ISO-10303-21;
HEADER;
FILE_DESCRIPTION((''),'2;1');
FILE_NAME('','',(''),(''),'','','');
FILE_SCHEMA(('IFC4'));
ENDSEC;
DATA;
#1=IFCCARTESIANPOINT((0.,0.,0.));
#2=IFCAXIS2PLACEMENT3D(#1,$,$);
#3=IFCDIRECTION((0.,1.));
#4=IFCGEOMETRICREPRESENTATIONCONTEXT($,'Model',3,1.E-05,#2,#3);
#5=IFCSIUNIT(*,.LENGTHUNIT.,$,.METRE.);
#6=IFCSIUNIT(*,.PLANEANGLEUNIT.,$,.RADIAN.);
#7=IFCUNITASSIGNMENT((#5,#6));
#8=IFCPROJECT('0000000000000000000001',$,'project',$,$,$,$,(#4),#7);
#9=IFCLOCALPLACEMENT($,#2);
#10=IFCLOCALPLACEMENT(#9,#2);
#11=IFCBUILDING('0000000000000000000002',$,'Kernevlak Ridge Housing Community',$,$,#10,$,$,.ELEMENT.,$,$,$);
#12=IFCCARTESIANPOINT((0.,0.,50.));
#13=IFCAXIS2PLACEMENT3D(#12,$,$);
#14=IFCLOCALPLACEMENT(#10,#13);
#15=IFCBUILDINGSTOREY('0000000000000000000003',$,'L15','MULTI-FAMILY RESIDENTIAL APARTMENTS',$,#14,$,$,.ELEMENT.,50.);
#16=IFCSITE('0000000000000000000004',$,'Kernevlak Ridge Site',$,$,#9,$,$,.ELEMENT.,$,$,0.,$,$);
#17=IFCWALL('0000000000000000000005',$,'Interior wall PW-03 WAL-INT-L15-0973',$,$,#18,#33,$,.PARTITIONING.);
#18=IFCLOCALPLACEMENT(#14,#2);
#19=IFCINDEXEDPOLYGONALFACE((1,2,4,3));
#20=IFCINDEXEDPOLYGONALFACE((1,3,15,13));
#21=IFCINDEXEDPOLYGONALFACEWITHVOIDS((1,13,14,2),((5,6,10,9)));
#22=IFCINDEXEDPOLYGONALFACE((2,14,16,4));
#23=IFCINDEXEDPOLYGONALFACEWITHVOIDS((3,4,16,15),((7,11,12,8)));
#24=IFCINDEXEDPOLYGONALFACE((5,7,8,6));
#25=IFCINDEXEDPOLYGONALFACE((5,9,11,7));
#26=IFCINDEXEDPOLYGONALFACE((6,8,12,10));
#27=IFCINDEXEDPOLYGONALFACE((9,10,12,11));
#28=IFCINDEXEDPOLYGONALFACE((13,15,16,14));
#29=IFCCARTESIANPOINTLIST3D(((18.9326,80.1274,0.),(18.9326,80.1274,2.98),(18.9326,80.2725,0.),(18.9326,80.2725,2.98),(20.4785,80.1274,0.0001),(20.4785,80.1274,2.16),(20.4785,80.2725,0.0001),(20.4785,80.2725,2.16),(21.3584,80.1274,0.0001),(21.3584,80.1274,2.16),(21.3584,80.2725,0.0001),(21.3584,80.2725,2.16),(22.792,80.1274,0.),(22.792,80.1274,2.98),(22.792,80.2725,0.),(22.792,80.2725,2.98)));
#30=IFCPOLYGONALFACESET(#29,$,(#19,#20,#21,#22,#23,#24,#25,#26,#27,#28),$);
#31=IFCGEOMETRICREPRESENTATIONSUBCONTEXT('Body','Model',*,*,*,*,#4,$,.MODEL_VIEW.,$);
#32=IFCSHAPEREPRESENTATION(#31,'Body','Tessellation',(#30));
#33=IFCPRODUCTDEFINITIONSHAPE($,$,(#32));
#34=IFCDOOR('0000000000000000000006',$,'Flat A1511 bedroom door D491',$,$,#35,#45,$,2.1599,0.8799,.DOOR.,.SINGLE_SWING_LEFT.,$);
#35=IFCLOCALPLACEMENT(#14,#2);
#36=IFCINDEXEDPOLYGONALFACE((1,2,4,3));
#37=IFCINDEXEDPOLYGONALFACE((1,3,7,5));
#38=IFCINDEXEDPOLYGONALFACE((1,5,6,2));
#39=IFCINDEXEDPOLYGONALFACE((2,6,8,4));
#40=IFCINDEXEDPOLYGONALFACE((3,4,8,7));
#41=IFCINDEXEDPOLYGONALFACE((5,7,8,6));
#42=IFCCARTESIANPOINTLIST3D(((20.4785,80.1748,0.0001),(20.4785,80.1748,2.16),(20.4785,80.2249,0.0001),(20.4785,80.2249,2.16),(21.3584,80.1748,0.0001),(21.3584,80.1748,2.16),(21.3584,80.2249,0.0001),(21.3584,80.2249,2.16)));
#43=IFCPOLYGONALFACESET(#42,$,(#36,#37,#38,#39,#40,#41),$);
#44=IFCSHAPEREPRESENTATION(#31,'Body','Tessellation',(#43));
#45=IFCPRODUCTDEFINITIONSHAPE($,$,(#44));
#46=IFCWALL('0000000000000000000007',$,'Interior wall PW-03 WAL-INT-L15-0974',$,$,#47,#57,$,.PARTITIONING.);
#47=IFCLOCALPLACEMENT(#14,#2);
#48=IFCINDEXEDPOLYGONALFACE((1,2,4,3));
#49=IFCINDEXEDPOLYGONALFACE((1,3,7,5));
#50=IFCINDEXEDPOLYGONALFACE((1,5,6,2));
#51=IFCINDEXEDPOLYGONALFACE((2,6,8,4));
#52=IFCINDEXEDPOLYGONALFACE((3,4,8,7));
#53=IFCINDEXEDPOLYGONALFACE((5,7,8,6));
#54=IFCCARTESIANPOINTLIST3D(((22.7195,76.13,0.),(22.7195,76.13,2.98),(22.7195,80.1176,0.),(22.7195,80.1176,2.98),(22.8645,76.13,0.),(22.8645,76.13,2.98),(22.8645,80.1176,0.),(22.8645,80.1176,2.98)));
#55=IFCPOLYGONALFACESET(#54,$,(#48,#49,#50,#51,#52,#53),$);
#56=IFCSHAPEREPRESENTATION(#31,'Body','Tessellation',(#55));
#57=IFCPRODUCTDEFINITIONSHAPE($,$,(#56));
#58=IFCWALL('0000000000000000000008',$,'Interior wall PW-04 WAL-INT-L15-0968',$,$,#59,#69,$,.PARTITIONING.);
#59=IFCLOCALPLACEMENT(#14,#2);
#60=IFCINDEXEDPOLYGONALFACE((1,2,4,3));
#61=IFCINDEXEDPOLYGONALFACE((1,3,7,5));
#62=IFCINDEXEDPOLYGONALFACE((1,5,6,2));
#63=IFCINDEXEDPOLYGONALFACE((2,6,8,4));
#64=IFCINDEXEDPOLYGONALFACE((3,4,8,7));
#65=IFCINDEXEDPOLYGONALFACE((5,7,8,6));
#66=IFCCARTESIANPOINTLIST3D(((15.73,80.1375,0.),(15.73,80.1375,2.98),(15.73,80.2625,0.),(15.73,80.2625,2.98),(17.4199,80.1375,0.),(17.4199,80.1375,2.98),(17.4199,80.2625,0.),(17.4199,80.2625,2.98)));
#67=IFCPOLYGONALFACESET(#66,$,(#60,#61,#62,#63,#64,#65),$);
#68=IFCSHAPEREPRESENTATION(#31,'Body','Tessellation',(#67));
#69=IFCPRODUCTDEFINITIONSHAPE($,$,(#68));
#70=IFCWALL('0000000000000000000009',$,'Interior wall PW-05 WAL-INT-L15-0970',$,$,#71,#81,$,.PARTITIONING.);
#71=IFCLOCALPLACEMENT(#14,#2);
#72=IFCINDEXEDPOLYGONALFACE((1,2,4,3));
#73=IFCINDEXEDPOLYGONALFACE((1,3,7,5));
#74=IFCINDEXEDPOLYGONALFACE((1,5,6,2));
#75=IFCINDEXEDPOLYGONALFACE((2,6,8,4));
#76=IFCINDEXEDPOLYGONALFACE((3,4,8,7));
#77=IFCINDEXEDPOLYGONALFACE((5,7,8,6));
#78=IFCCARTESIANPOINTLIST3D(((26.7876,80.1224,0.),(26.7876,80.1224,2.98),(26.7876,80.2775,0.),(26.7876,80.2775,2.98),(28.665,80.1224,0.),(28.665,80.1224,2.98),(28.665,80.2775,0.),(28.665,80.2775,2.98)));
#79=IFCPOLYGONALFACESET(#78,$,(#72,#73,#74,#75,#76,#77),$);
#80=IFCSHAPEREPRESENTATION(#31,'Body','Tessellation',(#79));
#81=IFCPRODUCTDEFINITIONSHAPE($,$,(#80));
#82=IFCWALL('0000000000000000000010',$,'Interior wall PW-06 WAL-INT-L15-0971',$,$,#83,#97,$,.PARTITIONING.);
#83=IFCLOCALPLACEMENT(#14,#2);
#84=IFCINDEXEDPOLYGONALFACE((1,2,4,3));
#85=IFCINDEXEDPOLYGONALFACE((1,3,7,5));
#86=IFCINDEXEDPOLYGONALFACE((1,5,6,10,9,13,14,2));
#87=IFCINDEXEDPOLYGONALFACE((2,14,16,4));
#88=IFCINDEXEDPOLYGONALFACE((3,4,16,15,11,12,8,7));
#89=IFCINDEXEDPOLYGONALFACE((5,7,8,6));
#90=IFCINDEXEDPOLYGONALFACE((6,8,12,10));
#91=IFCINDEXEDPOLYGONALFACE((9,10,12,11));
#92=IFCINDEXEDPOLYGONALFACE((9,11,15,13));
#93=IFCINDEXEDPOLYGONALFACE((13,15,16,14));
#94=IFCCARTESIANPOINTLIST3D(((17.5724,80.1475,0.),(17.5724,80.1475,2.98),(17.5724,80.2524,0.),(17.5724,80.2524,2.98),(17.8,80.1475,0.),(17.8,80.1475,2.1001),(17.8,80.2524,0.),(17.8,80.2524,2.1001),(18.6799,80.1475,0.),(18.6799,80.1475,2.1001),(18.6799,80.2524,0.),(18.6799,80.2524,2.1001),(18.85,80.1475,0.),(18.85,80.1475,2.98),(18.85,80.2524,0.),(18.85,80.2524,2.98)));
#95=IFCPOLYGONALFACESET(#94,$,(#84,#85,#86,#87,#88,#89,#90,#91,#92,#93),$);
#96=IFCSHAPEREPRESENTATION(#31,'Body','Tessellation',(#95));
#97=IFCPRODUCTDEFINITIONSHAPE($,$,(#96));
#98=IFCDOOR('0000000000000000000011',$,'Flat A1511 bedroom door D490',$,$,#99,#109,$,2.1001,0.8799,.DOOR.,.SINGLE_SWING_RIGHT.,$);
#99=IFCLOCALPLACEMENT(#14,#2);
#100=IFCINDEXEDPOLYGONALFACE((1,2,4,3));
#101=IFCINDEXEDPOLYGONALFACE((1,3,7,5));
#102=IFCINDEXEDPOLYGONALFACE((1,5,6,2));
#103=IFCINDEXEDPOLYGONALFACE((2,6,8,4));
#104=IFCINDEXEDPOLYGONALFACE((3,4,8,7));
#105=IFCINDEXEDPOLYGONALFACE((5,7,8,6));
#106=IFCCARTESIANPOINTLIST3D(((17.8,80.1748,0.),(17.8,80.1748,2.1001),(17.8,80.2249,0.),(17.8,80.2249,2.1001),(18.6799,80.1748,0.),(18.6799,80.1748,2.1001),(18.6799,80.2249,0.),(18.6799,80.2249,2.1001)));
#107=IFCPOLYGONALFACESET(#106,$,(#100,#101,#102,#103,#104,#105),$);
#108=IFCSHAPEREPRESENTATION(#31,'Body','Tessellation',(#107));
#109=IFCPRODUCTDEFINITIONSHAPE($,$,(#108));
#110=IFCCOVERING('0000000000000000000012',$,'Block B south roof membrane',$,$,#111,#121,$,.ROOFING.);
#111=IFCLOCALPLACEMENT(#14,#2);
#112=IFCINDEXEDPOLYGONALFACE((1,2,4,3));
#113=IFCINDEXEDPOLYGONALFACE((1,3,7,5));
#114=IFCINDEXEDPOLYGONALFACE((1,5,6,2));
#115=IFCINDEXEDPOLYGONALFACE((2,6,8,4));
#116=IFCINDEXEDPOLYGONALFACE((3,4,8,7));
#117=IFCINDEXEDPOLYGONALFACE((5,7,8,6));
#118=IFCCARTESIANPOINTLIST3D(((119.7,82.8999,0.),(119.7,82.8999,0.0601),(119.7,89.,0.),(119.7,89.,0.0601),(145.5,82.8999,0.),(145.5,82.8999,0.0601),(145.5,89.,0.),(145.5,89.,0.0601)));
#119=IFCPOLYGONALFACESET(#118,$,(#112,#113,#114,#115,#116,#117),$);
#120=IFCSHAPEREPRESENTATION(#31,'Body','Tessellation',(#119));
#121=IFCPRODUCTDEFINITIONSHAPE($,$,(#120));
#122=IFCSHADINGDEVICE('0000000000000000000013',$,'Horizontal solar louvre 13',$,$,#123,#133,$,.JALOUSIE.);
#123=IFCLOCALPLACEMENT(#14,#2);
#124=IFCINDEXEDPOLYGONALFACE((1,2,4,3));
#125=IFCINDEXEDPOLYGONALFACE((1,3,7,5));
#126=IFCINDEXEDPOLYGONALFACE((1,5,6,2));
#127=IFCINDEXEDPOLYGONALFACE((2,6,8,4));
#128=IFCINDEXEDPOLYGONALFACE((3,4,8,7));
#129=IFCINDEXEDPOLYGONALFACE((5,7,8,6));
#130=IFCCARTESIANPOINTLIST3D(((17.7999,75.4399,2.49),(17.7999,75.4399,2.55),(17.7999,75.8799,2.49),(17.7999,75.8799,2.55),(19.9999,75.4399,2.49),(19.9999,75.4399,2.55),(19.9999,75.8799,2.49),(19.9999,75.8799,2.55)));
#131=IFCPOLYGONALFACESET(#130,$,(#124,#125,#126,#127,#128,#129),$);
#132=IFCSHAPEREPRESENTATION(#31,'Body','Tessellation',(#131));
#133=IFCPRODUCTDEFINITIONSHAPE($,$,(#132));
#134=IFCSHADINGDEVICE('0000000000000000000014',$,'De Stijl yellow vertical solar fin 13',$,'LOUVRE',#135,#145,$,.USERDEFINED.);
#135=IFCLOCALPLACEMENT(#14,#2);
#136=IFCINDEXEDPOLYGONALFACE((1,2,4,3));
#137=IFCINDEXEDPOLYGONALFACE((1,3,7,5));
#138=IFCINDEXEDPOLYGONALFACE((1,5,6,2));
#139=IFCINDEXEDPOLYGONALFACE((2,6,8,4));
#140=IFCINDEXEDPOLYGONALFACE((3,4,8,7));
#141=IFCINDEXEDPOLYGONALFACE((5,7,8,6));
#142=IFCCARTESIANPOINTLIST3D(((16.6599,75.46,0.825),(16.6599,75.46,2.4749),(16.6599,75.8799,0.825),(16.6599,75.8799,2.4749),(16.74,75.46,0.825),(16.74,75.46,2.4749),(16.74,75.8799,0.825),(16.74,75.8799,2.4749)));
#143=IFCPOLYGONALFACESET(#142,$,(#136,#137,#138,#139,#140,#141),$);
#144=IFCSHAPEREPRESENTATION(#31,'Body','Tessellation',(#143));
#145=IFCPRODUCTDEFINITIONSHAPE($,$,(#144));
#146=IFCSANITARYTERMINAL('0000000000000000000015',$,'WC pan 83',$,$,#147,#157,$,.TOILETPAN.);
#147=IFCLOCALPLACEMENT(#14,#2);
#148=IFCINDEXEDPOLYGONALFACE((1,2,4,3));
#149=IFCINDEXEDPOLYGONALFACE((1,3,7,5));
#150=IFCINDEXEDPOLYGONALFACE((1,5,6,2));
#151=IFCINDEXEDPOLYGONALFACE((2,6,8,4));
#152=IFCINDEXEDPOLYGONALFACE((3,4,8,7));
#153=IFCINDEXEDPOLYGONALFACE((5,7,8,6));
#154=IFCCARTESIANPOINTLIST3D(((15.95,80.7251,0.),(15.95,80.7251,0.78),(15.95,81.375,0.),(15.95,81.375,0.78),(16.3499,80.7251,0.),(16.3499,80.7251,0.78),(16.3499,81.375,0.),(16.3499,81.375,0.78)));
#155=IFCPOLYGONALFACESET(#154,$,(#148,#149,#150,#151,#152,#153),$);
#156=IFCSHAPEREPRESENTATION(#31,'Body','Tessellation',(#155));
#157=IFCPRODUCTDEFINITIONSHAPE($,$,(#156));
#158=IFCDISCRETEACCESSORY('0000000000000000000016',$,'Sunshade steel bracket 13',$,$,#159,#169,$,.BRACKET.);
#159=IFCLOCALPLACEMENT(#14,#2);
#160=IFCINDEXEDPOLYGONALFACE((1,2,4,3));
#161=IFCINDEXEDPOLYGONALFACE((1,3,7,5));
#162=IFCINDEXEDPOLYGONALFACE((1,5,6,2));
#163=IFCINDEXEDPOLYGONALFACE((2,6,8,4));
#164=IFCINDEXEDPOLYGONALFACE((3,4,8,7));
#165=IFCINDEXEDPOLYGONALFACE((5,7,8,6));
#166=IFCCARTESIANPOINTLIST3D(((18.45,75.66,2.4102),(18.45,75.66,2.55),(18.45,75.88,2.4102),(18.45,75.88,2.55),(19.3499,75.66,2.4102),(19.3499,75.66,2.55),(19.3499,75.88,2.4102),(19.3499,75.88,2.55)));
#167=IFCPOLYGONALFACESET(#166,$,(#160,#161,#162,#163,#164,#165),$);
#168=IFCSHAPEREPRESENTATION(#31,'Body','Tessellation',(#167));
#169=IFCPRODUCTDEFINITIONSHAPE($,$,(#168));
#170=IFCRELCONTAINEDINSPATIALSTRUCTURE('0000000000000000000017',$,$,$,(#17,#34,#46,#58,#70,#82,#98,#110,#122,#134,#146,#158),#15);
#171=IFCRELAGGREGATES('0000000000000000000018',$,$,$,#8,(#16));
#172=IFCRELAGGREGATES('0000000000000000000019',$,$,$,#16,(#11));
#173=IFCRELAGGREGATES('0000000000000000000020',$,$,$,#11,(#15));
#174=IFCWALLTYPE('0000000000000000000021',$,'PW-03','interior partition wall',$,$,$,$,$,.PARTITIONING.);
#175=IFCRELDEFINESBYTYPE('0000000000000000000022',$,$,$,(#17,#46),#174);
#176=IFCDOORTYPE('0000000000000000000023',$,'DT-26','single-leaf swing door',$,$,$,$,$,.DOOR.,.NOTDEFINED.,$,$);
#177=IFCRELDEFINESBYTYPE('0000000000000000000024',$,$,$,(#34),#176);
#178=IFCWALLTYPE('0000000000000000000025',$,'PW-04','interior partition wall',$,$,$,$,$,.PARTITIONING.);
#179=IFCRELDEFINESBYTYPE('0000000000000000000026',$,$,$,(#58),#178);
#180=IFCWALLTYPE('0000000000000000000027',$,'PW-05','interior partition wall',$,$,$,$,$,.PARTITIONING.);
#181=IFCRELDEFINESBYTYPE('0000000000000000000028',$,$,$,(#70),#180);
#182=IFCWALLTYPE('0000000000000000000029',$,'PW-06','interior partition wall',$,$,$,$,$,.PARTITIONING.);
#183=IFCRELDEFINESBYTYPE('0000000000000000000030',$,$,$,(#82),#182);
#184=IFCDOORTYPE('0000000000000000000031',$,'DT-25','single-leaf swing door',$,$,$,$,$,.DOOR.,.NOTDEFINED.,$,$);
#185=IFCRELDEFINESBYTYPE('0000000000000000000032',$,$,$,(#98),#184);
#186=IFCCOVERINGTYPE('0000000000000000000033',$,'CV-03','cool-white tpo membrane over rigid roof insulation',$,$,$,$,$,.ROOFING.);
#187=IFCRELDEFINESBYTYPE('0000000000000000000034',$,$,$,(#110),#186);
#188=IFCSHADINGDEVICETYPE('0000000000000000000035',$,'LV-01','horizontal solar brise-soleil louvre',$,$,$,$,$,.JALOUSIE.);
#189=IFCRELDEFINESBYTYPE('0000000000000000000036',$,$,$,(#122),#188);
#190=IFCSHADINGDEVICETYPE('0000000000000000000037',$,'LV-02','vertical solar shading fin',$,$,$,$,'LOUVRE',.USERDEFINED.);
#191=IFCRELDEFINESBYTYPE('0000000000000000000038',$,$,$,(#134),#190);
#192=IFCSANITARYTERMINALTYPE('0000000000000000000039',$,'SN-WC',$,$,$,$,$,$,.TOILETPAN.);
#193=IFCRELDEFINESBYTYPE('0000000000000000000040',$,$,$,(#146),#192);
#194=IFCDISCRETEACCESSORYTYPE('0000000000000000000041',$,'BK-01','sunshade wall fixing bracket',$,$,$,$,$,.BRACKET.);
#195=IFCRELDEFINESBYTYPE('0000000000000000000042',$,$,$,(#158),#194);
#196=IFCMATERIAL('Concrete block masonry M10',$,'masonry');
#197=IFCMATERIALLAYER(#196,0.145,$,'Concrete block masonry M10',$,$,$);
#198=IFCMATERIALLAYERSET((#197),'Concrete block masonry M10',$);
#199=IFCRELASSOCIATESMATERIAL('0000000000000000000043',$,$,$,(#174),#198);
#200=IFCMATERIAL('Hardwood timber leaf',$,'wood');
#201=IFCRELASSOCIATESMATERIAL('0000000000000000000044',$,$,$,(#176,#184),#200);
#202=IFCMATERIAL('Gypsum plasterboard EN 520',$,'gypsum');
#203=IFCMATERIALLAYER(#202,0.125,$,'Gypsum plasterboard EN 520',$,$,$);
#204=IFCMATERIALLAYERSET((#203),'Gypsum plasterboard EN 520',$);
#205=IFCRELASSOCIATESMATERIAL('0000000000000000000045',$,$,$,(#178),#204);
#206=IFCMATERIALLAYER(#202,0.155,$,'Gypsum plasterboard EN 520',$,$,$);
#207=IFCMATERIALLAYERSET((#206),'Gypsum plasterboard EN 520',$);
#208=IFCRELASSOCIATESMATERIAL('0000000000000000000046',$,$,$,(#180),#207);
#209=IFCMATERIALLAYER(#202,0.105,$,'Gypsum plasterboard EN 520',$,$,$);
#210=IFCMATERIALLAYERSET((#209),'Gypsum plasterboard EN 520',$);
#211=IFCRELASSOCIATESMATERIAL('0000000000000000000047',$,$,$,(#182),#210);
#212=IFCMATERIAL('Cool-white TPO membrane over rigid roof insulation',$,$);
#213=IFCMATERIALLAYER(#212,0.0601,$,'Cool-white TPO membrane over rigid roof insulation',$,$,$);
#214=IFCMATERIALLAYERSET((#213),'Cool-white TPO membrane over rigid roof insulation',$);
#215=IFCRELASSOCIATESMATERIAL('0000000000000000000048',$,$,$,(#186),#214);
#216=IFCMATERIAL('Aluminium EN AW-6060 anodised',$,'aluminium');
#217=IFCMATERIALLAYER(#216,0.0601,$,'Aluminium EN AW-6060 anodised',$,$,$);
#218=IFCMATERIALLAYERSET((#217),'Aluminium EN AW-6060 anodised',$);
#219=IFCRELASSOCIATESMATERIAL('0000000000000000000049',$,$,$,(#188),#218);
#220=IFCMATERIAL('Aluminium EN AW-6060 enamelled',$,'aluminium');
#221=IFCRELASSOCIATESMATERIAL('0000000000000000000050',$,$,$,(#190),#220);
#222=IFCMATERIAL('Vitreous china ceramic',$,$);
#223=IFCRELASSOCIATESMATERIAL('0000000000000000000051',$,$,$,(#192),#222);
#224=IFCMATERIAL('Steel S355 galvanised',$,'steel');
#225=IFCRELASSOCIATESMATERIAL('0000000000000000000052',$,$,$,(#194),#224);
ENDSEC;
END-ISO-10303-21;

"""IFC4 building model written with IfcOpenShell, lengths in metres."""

from ifc_helpers import new_model, si_unit, direction, frame, frame_2d, origin, origin_2d, place, context, subcontext, project, spatial, polyline, rectangle, outline, extrude, material, layer, layer_set, type_object, element, fill, save


model = new_model("IFC4")

# Units and contexts
model_context = context("Model", 3, precision=1e-05, world=origin(), true_north=direction((0.0, 1.0)))
body_context = subcontext(model_context, "Body", "Model", "MODEL_VIEW")
ifc_project = project(units=[si_unit("LENGTHUNIT", "METRE"), si_unit("PLANEANGLEUNIT", "RADIAN")], contexts=[model_context])

# Site, building, storey
site_placement = place(None, origin())
site = spatial("IfcSite", under=ifc_project, at=site_placement, Name="Kernevlak Ridge Site", CompositionType="ELEMENT", RefElevation=0.0)
building_placement = place(site_placement, origin())
building = spatial("IfcBuilding", under=site, at=building_placement, Name="Kernevlak Ridge Housing Community", CompositionType="ELEMENT")
storey_placement = place(building_placement, frame((0.0, 0.0, 50.0)))
storey = spatial("IfcBuildingStorey", under=building, at=storey_placement, Name="L15", Description="MULTI-FAMILY RESIDENTIAL APARTMENTS", CompositionType="ELEMENT", Elevation=50.0)

# Shared definitions
ifc_material_1 = material(Name="Concrete block masonry M10", Category="masonry")

# Shared definitions
ifc_layer_1 = layer(ifc_material_1, 0.145, Name="Concrete block masonry M10")
ifc_layer_set_1 = layer_set([ifc_layer_1], Name="Concrete block masonry M10")
wall_type_1 = type_object("IfcWallType", Name="PW-03", Description="interior partition wall", PredefinedType="PARTITIONING", material=ifc_layer_set_1)

# Wall, opening, door
wall_1_placement = place(storey_placement, frame((18.9326, 80.2, 0.0), z_axis=(0.0, 0.0, 1.0), x_axis=(1.0, 0.0, 0.0)))
wall_1 = element("IfcWall", 1, at=wall_1_placement, inside=storey, type_object=wall_type_1, Name="Interior wall PW-03 WAL-INT-L15-0973", PredefinedType="PARTITIONING", context=body_context, shape_type="SweptSolid", body=[
    extrude(rectangle(XDim=3.8594, YDim=0.145, at=frame_2d((1.9297, 0.0))), origin(), (0.0, 0.0, 1.0), 2.98),
])
opening_1_placement = place(wall_1_placement, frame((1.5459, 0.0, 0.0)))
opening_1 = element("IfcOpeningElement", 2, at=opening_1_placement, cuts=wall_1, PredefinedType="OPENING", context=body_context, shape_type="SweptSolid", body=[
    extrude(rectangle(XDim=0.8799, YDim=2.1599, at=frame_2d((0.4399, 1.0801))), frame((0.0, 0.0825, 0.0), z_axis=(0.0, -1.0, 0.0), x_axis=(1.0, 0.0, 0.0)), (0.0, 0.0, 1.0), 0.165),
])
ifc_material_2 = material(Name="Hardwood timber leaf", Category="wood")
door_type_1 = type_object("IfcDoorType", Name="DT-26", Description="single-leaf swing door", OperationType="NOTDEFINED", PredefinedType="DOOR", material=ifc_material_2)
door_1_placement = place(opening_1_placement, origin())
door_1 = element("IfcDoor", 3, at=door_1_placement, inside=storey, type_object=door_type_1, Name="Flat A1511 bedroom door D491", OperationType="SINGLE_SWING_LEFT", OverallHeight=2.1599, OverallWidth=0.8799, PredefinedType="DOOR", context=body_context, shape_type="SweptSolid", body=[
    extrude(rectangle(XDim=0.8799, YDim=2.1599, at=frame_2d((0.4399, 1.0801))), frame((0.0, 0.0249, 0.0), z_axis=(0.0, -1.0, 0.0), x_axis=(1.0, 0.0, 0.0)), (0.0, 0.0, 1.0), 0.05),
])
fill(opening_1, door_1)

# Walls
wall_2_placement = place(storey_placement, frame((22.792, 80.1174, 0.0), z_axis=(0.0, 0.0, 1.0), x_axis=(0.0, -1.0, 0.0)))
element("IfcWall", 4, at=wall_2_placement, inside=storey, type_object=wall_type_1, Name="Interior wall PW-03 WAL-INT-L15-0974", PredefinedType="PARTITIONING", context=body_context, shape_type="SweptSolid", body=[
    extrude(rectangle(XDim=3.9875, YDim=0.145, at=frame_2d((1.9937, 0.0))), origin(), (0.0, 0.0, 1.0), 2.98),
])
ifc_material_3 = material(Name="Gypsum plasterboard EN 520", Category="gypsum")
ifc_layer_2 = layer(ifc_material_3, 0.125, Name="Gypsum plasterboard EN 520")
ifc_layer_set_2 = layer_set([ifc_layer_2], Name="Gypsum plasterboard EN 520")
wall_type_2 = type_object("IfcWallType", Name="PW-04", Description="interior partition wall", PredefinedType="PARTITIONING", material=ifc_layer_set_2)
wall_3_placement = place(storey_placement, frame((15.73, 80.2, 0.0), z_axis=(0.0, 0.0, 1.0), x_axis=(1.0, 0.0, 0.0)))
element("IfcWall", 5, at=wall_3_placement, inside=storey, type_object=wall_type_2, Name="Interior wall PW-04 WAL-INT-L15-0968", PredefinedType="PARTITIONING", context=body_context, shape_type="SweptSolid", body=[
    extrude(rectangle(XDim=1.6899, YDim=0.125, at=frame_2d((0.845, 0.0))), origin(), (0.0, 0.0, 1.0), 2.98),
])
ifc_layer_3 = layer(ifc_material_3, 0.155, Name="Gypsum plasterboard EN 520")
ifc_layer_set_3 = layer_set([ifc_layer_3], Name="Gypsum plasterboard EN 520")
wall_type_3 = type_object("IfcWallType", Name="PW-05", Description="interior partition wall", PredefinedType="PARTITIONING", material=ifc_layer_set_3)
wall_4_placement = place(storey_placement, frame((26.7876, 80.2, 0.0), z_axis=(0.0, 0.0, 1.0), x_axis=(1.0, 0.0, 0.0)))
element("IfcWall", 6, at=wall_4_placement, inside=storey, type_object=wall_type_3, Name="Interior wall PW-05 WAL-INT-L15-0970", PredefinedType="PARTITIONING", context=body_context, shape_type="SweptSolid", body=[
    extrude(rectangle(XDim=1.8774, YDim=0.155, at=frame_2d((0.9387, 0.0))), origin(), (0.0, 0.0, 1.0), 2.98),
])

# Wall, opening, door
ifc_layer_4 = layer(ifc_material_3, 0.105, Name="Gypsum plasterboard EN 520")
ifc_layer_set_4 = layer_set([ifc_layer_4], Name="Gypsum plasterboard EN 520")
wall_type_4 = type_object("IfcWallType", Name="PW-06", Description="interior partition wall", PredefinedType="PARTITIONING", material=ifc_layer_set_4)
wall_5_placement = place(storey_placement, frame((17.5725, 80.2, 0.0), z_axis=(0.0, 0.0, 1.0), x_axis=(1.0, 0.0, 0.0)))
wall_5 = element("IfcWall", 7, at=wall_5_placement, inside=storey, type_object=wall_type_4, Name="Interior wall PW-06 WAL-INT-L15-0971", PredefinedType="PARTITIONING", context=body_context, shape_type="SweptSolid", body=[
    extrude(rectangle(XDim=1.2776, YDim=0.105, at=frame_2d((0.6387, 0.0))), origin(), (0.0, 0.0, 1.0), 2.98),
])
opening_2_placement = place(wall_5_placement, frame((0.2275, 0.0, 0.0)))
opening_2 = element("IfcOpeningElement", 8, at=opening_2_placement, cuts=wall_5, PredefinedType="OPENING", context=body_context, shape_type="SweptSolid", body=[
    extrude(rectangle(XDim=0.8799, YDim=2.1001, at=frame_2d((0.4399, 1.05))), frame((0.0, 0.0625, 0.0), z_axis=(0.0, -1.0, 0.0), x_axis=(1.0, 0.0, 0.0)), (0.0, 0.0, 1.0), 0.125),
])
door_type_2 = type_object("IfcDoorType", Name="DT-25", Description="single-leaf swing door", OperationType="NOTDEFINED", PredefinedType="DOOR", material=ifc_material_2)
door_2_placement = place(opening_2_placement, origin())
door_2 = element("IfcDoor", 9, at=door_2_placement, inside=storey, type_object=door_type_2, Name="Flat A1511 bedroom door D490", OperationType="SINGLE_SWING_RIGHT", OverallHeight=2.1001, OverallWidth=0.8799, PredefinedType="DOOR", context=body_context, shape_type="SweptSolid", body=[
    extrude(rectangle(XDim=0.8799, YDim=2.1001, at=frame_2d((0.4399, 1.05))), frame((0.0, 0.0249, 0.0), z_axis=(0.0, -1.0, 0.0), x_axis=(1.0, 0.0, 0.0)), (0.0, 0.0, 1.0), 0.05),
])
fill(opening_2, door_2)

# Covering
ifc_material_4 = material(Name="Cool-white TPO membrane over rigid roof insulation")
ifc_layer_5 = layer(ifc_material_4, 0.0601, Name="Cool-white TPO membrane over rigid roof insulation")
ifc_layer_set_5 = layer_set([ifc_layer_5], Name="Cool-white TPO membrane over rigid roof insulation")
covering_type = type_object("IfcCoveringType", Name="CV-03", Description="cool-white tpo membrane over rigid roof insulation", PredefinedType="ROOFING", material=ifc_layer_set_5)
covering_placement = place(storey_placement, origin())
element("IfcCovering", 10, at=covering_placement, inside=storey, type_object=covering_type, Name="Block B south roof membrane", PredefinedType="ROOFING", context=body_context, shape_type="SweptSolid", body=[
    extrude(outline(polyline([(119.7, 82.8999), (145.5, 82.8999), (145.5, 89.0), (119.7, 89.0), (119.7, 82.8999)])), origin(), (0.0, 0.0, 1.0), 0.0601),
])

# Shading devices
ifc_material_5 = material(Name="Aluminium EN AW-6060 anodised", Category="aluminium")
ifc_layer_6 = layer(ifc_material_5, 0.0601, Name="Aluminium EN AW-6060 anodised")
ifc_layer_set_6 = layer_set([ifc_layer_6], Name="Aluminium EN AW-6060 anodised")
shading_device_type_1 = type_object("IfcShadingDeviceType", Name="LV-01", Description="horizontal solar brise-soleil louvre", PredefinedType="JALOUSIE", material=ifc_layer_set_6)
shading_device_1_placement = place(storey_placement, frame((18.8999, 75.6599, 2.49), z_axis=(0.0, 0.0, 1.0), x_axis=(1.0, 0.0, 0.0)))
element("IfcShadingDevice", 11, at=shading_device_1_placement, inside=storey, type_object=shading_device_type_1, Name="Horizontal solar louvre 13", PredefinedType="JALOUSIE", context=body_context, shape_type="SweptSolid", body=[
    extrude(rectangle(XDim=2.2, YDim=0.4399, at=origin_2d()), origin(), (0.0, 0.0, 1.0), 0.0601),
])
ifc_material_6 = material(Name="Aluminium EN AW-6060 enamelled", Category="aluminium")
shading_device_type_2 = type_object("IfcShadingDeviceType", Name="LV-02", Description="vertical solar shading fin", ElementType="LOUVRE", PredefinedType="USERDEFINED", material=ifc_material_6)
shading_device_2_placement = place(storey_placement, frame((16.7, 75.6699, 0.825), z_axis=(0.0, 0.0, 1.0), x_axis=(1.0, 0.0, 0.0)))
element("IfcShadingDevice", 12, at=shading_device_2_placement, inside=storey, type_object=shading_device_type_2, Name="De Stijl yellow vertical solar fin 13", ObjectType="LOUVRE", PredefinedType="USERDEFINED", context=body_context, shape_type="SweptSolid", body=[
    extrude(rectangle(XDim=0.0801, YDim=0.4199, at=origin_2d()), origin(), (0.0, 0.0, 1.0), 1.6499),
])

# Sanitary terminal
ifc_material_7 = material(Name="Vitreous china ceramic")
sanitary_terminal_type = type_object("IfcSanitaryTerminalType", Name="SN-WC", PredefinedType="TOILETPAN", material=ifc_material_7)
sanitary_terminal_placement = place(storey_placement, frame((16.1499, 81.05, 0.0), z_axis=(0.0, 0.0, 1.0), x_axis=(1.0, 0.0, 0.0)))
element("IfcSanitaryTerminal", 13, at=sanitary_terminal_placement, inside=storey, type_object=sanitary_terminal_type, Name="WC pan 83", PredefinedType="TOILETPAN", context=body_context, shape_type="SweptSolid", body=[
    extrude(rectangle(XDim=0.3999, YDim=0.6499, at=origin_2d()), origin(), (0.0, 0.0, 1.0), 0.78),
])

# Discrete accessory
ifc_material_8 = material(Name="Steel S355 galvanised", Category="steel")
discrete_accessory_type = type_object("IfcDiscreteAccessoryType", Name="BK-01", Description="sunshade wall fixing bracket", PredefinedType="BRACKET", material=ifc_material_8)
discrete_accessory_1_placement = place(storey_placement, frame((18.8999, 75.77, 2.4102), z_axis=(0.0, 0.0, 1.0), x_axis=(1.0, 0.0, 0.0)))
element("IfcDiscreteAccessory", 14, at=discrete_accessory_1_placement, inside=storey, type_object=discrete_accessory_type, Name="Sunshade steel bracket 13", PredefinedType="BRACKET", context=body_context, shape_type="SweptSolid", body=[
    extrude(rectangle(XDim=0.8999, YDim=0.22, at=origin_2d()), origin(), (0.0, 0.0, 1.0), 0.1399),
])

save(model, "model.ifc")
